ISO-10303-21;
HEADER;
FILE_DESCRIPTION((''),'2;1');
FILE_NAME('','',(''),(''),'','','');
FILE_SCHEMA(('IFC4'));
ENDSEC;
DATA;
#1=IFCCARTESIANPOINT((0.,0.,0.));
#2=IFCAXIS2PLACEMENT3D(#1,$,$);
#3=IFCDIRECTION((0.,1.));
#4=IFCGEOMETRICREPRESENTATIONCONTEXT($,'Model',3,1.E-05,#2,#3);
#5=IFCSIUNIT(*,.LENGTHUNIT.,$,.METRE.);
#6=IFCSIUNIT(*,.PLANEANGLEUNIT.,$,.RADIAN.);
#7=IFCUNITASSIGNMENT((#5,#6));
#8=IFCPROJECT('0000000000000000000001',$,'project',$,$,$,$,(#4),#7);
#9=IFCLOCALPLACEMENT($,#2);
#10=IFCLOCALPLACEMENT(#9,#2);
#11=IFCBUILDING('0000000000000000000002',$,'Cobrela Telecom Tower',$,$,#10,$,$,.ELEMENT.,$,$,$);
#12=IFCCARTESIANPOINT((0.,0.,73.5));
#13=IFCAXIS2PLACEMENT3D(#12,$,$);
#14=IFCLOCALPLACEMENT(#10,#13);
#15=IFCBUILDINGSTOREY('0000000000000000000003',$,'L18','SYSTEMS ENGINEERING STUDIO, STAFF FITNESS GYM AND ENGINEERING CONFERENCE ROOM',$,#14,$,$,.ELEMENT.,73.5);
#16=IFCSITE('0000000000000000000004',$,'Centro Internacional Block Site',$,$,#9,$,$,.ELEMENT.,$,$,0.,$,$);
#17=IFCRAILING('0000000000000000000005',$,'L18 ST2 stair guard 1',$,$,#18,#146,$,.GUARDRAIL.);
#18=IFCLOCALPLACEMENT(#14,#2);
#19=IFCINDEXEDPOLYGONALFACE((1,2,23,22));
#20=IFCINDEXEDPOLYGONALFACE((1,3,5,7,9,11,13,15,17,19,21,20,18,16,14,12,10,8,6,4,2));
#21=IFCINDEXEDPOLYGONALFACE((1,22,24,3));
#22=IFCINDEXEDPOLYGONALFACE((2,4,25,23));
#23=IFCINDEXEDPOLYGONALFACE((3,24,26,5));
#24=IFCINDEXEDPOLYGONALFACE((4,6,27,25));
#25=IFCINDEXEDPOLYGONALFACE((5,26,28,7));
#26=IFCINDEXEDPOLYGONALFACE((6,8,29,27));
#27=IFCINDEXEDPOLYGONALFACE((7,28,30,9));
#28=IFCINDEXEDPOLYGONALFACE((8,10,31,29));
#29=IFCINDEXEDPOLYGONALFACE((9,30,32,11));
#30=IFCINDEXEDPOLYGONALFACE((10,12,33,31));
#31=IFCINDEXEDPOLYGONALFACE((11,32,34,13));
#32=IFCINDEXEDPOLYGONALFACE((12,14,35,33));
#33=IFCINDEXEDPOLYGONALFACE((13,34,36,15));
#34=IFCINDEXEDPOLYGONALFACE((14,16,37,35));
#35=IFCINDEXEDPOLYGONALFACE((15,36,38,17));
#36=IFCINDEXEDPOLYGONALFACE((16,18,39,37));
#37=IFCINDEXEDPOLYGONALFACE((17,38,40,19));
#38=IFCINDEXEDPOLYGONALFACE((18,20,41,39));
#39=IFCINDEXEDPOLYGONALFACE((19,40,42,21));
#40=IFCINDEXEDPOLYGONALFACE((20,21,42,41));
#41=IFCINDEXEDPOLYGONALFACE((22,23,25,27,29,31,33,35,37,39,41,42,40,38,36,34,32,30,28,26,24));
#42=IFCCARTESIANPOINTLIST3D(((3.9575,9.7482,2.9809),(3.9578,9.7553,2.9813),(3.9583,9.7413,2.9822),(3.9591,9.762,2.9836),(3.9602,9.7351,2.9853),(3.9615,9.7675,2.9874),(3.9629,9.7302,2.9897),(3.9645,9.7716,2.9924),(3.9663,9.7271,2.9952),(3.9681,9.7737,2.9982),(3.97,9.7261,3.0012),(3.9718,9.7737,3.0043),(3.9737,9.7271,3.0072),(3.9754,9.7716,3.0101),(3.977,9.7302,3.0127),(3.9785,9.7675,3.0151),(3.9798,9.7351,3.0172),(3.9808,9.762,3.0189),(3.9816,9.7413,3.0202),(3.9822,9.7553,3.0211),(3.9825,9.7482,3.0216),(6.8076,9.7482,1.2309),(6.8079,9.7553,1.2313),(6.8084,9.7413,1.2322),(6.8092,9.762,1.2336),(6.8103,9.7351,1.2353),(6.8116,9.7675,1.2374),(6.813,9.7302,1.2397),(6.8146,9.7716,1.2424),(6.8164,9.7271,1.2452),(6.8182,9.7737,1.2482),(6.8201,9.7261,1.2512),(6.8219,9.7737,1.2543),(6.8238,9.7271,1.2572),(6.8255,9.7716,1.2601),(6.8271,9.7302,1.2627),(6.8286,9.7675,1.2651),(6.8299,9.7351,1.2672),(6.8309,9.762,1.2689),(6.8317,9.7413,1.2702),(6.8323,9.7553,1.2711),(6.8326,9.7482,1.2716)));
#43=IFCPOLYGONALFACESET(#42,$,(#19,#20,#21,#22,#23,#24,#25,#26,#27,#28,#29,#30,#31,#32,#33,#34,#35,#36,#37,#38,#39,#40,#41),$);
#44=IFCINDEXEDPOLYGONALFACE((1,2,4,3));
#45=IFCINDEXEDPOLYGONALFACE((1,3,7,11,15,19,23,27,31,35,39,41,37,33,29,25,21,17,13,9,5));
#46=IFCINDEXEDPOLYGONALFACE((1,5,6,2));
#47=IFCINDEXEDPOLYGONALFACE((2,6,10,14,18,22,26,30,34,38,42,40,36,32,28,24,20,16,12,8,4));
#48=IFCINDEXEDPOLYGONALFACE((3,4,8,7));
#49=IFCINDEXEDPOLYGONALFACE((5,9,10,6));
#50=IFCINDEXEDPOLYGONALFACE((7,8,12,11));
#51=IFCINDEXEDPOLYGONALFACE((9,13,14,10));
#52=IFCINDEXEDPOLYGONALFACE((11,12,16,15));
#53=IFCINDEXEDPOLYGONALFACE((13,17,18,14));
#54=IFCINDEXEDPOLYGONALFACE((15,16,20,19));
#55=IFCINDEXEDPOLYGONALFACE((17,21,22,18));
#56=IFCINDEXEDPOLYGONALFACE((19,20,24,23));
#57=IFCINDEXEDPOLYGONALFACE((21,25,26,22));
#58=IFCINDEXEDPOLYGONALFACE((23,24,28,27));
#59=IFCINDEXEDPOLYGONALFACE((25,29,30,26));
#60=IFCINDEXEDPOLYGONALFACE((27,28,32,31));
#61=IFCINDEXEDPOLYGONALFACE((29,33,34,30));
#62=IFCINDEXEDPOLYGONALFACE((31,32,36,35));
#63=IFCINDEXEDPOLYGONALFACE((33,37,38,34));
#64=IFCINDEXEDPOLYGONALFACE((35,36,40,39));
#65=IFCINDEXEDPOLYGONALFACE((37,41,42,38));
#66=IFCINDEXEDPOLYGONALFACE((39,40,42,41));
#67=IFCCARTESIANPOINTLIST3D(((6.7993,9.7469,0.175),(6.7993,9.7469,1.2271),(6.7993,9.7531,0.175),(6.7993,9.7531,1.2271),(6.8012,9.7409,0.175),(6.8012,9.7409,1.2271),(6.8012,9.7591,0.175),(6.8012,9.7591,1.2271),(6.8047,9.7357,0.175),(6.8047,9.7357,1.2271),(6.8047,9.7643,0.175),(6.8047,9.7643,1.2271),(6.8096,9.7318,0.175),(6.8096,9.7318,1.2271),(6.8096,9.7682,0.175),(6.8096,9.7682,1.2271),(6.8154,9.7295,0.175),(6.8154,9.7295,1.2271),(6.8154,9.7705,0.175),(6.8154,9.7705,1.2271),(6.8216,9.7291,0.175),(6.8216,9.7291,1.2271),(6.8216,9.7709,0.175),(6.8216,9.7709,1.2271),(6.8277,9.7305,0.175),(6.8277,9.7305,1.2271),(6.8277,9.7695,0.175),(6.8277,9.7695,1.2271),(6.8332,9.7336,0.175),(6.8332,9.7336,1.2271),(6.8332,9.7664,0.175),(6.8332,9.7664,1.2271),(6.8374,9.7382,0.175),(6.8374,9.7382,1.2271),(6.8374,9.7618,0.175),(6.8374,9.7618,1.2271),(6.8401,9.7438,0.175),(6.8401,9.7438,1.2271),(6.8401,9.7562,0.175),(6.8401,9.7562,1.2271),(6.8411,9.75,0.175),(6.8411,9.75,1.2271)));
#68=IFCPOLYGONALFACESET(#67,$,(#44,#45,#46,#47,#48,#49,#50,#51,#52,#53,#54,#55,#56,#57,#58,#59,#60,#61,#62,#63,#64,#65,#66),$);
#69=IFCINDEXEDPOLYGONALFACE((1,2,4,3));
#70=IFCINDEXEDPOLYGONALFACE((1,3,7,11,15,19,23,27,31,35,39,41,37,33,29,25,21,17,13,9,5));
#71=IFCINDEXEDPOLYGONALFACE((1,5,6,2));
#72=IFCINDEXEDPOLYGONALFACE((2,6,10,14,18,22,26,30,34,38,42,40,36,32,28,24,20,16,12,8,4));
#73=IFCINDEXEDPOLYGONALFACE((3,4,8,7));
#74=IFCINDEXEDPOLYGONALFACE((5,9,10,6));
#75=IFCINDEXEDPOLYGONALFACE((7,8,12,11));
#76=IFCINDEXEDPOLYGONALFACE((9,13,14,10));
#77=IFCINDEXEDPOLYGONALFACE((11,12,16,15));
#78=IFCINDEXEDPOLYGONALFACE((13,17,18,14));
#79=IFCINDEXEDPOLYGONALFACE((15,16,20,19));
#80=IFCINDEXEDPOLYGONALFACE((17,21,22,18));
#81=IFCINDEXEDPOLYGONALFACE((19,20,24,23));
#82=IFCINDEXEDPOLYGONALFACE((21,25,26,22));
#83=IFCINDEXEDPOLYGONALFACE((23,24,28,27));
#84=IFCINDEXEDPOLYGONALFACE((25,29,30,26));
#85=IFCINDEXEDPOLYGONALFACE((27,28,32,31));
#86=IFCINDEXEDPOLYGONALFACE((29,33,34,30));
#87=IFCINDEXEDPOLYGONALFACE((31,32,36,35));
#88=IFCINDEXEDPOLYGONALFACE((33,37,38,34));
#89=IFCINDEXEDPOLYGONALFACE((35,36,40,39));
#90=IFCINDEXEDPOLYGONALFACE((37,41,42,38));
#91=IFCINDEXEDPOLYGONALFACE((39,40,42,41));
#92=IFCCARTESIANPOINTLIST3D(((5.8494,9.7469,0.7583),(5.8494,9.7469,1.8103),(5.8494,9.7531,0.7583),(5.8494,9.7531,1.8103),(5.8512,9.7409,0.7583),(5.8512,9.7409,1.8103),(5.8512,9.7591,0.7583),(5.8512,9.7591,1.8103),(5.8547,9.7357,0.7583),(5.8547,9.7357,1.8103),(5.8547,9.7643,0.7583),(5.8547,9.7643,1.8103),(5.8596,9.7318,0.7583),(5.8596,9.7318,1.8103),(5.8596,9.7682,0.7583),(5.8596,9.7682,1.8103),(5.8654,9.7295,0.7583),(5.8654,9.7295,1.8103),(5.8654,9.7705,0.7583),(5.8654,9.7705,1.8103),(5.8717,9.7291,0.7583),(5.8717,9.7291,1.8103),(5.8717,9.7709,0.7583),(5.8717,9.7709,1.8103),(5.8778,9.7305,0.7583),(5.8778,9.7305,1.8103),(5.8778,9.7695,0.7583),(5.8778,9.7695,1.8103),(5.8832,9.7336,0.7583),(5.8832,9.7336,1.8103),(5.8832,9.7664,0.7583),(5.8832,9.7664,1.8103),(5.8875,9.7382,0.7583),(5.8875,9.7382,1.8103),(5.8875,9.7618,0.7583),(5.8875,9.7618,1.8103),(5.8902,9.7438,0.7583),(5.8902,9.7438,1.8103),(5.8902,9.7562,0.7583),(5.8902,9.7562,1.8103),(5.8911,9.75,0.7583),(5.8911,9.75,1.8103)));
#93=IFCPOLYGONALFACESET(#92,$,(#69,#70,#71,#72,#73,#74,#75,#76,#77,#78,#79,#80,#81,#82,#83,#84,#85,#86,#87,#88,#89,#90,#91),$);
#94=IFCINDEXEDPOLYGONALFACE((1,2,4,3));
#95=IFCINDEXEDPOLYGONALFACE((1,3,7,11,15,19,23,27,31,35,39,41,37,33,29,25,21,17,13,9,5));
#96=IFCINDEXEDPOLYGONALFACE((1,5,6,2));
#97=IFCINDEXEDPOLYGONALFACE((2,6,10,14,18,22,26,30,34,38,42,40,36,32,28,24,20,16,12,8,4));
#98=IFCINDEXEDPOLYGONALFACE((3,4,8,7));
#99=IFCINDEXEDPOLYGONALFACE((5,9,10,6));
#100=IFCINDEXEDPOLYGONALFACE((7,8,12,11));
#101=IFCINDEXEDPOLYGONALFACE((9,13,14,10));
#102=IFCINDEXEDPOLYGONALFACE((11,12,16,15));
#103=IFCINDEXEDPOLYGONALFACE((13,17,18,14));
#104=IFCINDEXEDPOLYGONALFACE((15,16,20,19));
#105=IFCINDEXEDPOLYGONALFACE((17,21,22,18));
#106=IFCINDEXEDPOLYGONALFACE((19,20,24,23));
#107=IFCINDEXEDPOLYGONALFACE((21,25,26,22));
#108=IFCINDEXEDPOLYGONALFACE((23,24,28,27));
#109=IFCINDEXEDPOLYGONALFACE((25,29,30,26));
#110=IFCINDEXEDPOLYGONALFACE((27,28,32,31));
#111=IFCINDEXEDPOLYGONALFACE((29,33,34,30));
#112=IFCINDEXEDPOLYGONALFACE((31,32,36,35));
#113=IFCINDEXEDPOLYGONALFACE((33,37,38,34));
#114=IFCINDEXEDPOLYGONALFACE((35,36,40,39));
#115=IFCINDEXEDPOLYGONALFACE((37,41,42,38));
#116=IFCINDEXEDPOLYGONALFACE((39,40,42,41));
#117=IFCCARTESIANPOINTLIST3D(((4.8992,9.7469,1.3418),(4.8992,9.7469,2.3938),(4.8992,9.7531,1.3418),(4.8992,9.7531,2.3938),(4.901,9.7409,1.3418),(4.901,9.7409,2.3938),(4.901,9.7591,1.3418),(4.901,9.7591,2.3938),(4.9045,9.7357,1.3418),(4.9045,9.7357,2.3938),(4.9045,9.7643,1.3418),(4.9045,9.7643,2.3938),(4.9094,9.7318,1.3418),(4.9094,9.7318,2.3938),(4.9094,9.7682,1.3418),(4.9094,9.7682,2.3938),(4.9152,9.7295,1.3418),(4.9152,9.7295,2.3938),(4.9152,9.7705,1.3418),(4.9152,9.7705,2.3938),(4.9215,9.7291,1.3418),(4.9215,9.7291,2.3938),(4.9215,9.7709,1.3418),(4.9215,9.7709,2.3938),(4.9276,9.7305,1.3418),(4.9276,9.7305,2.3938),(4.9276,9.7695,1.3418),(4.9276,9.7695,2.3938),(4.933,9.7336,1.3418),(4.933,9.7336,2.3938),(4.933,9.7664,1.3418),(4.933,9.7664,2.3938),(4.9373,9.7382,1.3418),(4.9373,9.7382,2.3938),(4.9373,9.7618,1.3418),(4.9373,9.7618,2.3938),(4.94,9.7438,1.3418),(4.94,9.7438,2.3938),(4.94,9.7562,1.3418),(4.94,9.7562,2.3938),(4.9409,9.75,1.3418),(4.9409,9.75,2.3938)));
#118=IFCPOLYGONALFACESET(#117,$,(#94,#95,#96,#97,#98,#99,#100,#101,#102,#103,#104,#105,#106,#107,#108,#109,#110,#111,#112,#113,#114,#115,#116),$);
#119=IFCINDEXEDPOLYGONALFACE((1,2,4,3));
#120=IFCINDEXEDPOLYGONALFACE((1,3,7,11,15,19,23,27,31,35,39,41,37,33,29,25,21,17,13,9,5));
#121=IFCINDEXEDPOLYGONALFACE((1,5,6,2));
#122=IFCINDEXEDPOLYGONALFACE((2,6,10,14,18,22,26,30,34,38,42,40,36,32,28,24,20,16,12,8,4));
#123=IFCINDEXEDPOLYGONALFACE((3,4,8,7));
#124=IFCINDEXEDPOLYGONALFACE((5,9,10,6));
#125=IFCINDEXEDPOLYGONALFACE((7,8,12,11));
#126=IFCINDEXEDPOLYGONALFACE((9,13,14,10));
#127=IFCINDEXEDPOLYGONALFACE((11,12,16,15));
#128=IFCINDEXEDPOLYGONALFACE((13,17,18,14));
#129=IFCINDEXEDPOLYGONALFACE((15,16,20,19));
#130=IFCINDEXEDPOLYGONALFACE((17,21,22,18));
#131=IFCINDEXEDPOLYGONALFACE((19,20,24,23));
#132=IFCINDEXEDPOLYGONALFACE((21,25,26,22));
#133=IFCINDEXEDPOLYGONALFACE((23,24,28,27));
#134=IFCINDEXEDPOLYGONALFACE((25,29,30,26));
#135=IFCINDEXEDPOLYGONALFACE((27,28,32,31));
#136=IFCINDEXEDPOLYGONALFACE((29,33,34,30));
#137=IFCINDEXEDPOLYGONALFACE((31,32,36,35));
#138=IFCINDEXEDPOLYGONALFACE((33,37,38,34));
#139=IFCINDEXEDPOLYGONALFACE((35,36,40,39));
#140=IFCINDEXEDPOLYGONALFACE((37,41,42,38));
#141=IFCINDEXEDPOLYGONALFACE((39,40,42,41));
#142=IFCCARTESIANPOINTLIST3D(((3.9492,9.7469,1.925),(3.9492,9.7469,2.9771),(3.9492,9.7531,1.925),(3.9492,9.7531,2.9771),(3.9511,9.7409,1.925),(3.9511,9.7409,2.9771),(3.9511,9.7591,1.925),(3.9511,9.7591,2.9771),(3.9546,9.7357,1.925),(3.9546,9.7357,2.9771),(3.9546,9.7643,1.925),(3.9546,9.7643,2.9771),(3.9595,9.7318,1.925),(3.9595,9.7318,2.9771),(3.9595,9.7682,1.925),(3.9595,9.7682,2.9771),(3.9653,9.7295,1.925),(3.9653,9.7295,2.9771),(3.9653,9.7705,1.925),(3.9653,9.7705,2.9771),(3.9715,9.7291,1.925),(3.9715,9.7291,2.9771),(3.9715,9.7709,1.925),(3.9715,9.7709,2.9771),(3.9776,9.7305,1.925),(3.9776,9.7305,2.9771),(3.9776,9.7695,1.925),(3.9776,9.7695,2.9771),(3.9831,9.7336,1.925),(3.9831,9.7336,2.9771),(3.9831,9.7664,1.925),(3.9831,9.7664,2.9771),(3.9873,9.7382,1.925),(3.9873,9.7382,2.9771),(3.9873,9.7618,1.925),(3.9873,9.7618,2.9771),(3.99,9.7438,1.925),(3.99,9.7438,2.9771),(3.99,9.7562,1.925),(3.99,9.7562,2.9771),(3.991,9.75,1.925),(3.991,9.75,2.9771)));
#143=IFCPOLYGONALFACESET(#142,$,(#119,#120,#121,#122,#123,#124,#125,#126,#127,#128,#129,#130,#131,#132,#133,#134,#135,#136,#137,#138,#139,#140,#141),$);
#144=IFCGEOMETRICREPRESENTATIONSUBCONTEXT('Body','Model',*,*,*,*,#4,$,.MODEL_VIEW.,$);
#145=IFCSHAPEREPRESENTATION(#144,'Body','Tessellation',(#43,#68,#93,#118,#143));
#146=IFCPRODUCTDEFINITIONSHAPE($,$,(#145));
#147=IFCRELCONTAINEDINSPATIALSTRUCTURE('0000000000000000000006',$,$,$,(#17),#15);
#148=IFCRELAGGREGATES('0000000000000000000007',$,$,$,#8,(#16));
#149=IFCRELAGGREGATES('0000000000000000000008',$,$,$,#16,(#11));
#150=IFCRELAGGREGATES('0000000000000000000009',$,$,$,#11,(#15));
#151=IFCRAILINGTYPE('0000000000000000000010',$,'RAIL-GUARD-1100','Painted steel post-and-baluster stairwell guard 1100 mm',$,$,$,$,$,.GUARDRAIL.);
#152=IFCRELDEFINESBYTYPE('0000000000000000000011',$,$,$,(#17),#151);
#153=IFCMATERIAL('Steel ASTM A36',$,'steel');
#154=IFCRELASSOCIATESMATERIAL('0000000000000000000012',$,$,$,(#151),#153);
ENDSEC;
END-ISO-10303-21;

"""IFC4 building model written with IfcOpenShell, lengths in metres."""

from ifc_helpers import new_model, si_unit, direction, frame, origin, origin_2d, place, context, subcontext, project, spatial, circle, extrude, material, type_object, element, save


model = new_model("IFC4")

# Units and contexts
model_context = context("Model", 3, precision=1e-05, world=origin(), true_north=direction((0.0, 1.0)))
body_context = subcontext(model_context, "Body", "Model", "MODEL_VIEW")
ifc_project = project(units=[si_unit("LENGTHUNIT", "METRE"), si_unit("PLANEANGLEUNIT", "RADIAN")], contexts=[model_context])

# Site, building, storey
site_placement = place(None, origin())
site = spatial("IfcSite", under=ifc_project, at=site_placement, Name="Centro Internacional Block Site", CompositionType="ELEMENT", RefElevation=0.0)
building_placement = place(site_placement, origin())
building = spatial("IfcBuilding", under=site, at=building_placement, Name="Cobrela Telecom Tower", CompositionType="ELEMENT")
storey_placement = place(building_placement, frame((0.0, 0.0, 73.5)))
storey = spatial("IfcBuildingStorey", under=building, at=storey_placement, Name="L18", Description="SYSTEMS ENGINEERING STUDIO, STAFF FITNESS GYM AND ENGINEERING CONFERENCE ROOM", CompositionType="ELEMENT", Elevation=73.5)

# Railing
ifc_material_1 = material(Name="Steel ASTM A36", Category="steel")
railing_type_1 = type_object("IfcRailingType", Name="RAIL-GUARD-1100", Description="Painted steel post-and-baluster stairwell guard 1100 mm", PredefinedType="GUARDRAIL", material=ifc_material_1)
railing_1_placement = place(storey_placement, frame((6.8201, 9.75, 0.175)))
element("IfcRailing", 1, at=railing_1_placement, inside=storey, type_object=railing_type_1, Name="L18 ST2 stair guard 1", PredefinedType="GUARDRAIL", context=body_context, shape_type="SweptSolid", body=[
    extrude(circle(Radius=0.0239, at=origin_2d()), frame((0.0, 0.0, 1.0762), z_axis=(-0.852179, 0.0, 0.52325), x_axis=(0.0, -1.0, 0.0)), (0.0, 0.0, 1.0), 3.3445),
    extrude(circle(Radius=0.021, at=origin_2d()), origin(), (0.0, 0.0, 1.0), 1.052),
    extrude(circle(Radius=0.021, at=origin_2d()), frame((-0.95, 0.0, 0.5833)), (0.0, 0.0, 1.0), 1.052),
    extrude(circle(Radius=0.021, at=origin_2d()), frame((-1.9001, 0.0, 1.1667)), (0.0, 0.0, 1.0), 1.052),
    extrude(circle(Radius=0.021, at=origin_2d()), frame((-2.8501, 0.0, 1.75)), (0.0, 0.0, 1.0), 1.052),
])

save(model, "model.ifc")
